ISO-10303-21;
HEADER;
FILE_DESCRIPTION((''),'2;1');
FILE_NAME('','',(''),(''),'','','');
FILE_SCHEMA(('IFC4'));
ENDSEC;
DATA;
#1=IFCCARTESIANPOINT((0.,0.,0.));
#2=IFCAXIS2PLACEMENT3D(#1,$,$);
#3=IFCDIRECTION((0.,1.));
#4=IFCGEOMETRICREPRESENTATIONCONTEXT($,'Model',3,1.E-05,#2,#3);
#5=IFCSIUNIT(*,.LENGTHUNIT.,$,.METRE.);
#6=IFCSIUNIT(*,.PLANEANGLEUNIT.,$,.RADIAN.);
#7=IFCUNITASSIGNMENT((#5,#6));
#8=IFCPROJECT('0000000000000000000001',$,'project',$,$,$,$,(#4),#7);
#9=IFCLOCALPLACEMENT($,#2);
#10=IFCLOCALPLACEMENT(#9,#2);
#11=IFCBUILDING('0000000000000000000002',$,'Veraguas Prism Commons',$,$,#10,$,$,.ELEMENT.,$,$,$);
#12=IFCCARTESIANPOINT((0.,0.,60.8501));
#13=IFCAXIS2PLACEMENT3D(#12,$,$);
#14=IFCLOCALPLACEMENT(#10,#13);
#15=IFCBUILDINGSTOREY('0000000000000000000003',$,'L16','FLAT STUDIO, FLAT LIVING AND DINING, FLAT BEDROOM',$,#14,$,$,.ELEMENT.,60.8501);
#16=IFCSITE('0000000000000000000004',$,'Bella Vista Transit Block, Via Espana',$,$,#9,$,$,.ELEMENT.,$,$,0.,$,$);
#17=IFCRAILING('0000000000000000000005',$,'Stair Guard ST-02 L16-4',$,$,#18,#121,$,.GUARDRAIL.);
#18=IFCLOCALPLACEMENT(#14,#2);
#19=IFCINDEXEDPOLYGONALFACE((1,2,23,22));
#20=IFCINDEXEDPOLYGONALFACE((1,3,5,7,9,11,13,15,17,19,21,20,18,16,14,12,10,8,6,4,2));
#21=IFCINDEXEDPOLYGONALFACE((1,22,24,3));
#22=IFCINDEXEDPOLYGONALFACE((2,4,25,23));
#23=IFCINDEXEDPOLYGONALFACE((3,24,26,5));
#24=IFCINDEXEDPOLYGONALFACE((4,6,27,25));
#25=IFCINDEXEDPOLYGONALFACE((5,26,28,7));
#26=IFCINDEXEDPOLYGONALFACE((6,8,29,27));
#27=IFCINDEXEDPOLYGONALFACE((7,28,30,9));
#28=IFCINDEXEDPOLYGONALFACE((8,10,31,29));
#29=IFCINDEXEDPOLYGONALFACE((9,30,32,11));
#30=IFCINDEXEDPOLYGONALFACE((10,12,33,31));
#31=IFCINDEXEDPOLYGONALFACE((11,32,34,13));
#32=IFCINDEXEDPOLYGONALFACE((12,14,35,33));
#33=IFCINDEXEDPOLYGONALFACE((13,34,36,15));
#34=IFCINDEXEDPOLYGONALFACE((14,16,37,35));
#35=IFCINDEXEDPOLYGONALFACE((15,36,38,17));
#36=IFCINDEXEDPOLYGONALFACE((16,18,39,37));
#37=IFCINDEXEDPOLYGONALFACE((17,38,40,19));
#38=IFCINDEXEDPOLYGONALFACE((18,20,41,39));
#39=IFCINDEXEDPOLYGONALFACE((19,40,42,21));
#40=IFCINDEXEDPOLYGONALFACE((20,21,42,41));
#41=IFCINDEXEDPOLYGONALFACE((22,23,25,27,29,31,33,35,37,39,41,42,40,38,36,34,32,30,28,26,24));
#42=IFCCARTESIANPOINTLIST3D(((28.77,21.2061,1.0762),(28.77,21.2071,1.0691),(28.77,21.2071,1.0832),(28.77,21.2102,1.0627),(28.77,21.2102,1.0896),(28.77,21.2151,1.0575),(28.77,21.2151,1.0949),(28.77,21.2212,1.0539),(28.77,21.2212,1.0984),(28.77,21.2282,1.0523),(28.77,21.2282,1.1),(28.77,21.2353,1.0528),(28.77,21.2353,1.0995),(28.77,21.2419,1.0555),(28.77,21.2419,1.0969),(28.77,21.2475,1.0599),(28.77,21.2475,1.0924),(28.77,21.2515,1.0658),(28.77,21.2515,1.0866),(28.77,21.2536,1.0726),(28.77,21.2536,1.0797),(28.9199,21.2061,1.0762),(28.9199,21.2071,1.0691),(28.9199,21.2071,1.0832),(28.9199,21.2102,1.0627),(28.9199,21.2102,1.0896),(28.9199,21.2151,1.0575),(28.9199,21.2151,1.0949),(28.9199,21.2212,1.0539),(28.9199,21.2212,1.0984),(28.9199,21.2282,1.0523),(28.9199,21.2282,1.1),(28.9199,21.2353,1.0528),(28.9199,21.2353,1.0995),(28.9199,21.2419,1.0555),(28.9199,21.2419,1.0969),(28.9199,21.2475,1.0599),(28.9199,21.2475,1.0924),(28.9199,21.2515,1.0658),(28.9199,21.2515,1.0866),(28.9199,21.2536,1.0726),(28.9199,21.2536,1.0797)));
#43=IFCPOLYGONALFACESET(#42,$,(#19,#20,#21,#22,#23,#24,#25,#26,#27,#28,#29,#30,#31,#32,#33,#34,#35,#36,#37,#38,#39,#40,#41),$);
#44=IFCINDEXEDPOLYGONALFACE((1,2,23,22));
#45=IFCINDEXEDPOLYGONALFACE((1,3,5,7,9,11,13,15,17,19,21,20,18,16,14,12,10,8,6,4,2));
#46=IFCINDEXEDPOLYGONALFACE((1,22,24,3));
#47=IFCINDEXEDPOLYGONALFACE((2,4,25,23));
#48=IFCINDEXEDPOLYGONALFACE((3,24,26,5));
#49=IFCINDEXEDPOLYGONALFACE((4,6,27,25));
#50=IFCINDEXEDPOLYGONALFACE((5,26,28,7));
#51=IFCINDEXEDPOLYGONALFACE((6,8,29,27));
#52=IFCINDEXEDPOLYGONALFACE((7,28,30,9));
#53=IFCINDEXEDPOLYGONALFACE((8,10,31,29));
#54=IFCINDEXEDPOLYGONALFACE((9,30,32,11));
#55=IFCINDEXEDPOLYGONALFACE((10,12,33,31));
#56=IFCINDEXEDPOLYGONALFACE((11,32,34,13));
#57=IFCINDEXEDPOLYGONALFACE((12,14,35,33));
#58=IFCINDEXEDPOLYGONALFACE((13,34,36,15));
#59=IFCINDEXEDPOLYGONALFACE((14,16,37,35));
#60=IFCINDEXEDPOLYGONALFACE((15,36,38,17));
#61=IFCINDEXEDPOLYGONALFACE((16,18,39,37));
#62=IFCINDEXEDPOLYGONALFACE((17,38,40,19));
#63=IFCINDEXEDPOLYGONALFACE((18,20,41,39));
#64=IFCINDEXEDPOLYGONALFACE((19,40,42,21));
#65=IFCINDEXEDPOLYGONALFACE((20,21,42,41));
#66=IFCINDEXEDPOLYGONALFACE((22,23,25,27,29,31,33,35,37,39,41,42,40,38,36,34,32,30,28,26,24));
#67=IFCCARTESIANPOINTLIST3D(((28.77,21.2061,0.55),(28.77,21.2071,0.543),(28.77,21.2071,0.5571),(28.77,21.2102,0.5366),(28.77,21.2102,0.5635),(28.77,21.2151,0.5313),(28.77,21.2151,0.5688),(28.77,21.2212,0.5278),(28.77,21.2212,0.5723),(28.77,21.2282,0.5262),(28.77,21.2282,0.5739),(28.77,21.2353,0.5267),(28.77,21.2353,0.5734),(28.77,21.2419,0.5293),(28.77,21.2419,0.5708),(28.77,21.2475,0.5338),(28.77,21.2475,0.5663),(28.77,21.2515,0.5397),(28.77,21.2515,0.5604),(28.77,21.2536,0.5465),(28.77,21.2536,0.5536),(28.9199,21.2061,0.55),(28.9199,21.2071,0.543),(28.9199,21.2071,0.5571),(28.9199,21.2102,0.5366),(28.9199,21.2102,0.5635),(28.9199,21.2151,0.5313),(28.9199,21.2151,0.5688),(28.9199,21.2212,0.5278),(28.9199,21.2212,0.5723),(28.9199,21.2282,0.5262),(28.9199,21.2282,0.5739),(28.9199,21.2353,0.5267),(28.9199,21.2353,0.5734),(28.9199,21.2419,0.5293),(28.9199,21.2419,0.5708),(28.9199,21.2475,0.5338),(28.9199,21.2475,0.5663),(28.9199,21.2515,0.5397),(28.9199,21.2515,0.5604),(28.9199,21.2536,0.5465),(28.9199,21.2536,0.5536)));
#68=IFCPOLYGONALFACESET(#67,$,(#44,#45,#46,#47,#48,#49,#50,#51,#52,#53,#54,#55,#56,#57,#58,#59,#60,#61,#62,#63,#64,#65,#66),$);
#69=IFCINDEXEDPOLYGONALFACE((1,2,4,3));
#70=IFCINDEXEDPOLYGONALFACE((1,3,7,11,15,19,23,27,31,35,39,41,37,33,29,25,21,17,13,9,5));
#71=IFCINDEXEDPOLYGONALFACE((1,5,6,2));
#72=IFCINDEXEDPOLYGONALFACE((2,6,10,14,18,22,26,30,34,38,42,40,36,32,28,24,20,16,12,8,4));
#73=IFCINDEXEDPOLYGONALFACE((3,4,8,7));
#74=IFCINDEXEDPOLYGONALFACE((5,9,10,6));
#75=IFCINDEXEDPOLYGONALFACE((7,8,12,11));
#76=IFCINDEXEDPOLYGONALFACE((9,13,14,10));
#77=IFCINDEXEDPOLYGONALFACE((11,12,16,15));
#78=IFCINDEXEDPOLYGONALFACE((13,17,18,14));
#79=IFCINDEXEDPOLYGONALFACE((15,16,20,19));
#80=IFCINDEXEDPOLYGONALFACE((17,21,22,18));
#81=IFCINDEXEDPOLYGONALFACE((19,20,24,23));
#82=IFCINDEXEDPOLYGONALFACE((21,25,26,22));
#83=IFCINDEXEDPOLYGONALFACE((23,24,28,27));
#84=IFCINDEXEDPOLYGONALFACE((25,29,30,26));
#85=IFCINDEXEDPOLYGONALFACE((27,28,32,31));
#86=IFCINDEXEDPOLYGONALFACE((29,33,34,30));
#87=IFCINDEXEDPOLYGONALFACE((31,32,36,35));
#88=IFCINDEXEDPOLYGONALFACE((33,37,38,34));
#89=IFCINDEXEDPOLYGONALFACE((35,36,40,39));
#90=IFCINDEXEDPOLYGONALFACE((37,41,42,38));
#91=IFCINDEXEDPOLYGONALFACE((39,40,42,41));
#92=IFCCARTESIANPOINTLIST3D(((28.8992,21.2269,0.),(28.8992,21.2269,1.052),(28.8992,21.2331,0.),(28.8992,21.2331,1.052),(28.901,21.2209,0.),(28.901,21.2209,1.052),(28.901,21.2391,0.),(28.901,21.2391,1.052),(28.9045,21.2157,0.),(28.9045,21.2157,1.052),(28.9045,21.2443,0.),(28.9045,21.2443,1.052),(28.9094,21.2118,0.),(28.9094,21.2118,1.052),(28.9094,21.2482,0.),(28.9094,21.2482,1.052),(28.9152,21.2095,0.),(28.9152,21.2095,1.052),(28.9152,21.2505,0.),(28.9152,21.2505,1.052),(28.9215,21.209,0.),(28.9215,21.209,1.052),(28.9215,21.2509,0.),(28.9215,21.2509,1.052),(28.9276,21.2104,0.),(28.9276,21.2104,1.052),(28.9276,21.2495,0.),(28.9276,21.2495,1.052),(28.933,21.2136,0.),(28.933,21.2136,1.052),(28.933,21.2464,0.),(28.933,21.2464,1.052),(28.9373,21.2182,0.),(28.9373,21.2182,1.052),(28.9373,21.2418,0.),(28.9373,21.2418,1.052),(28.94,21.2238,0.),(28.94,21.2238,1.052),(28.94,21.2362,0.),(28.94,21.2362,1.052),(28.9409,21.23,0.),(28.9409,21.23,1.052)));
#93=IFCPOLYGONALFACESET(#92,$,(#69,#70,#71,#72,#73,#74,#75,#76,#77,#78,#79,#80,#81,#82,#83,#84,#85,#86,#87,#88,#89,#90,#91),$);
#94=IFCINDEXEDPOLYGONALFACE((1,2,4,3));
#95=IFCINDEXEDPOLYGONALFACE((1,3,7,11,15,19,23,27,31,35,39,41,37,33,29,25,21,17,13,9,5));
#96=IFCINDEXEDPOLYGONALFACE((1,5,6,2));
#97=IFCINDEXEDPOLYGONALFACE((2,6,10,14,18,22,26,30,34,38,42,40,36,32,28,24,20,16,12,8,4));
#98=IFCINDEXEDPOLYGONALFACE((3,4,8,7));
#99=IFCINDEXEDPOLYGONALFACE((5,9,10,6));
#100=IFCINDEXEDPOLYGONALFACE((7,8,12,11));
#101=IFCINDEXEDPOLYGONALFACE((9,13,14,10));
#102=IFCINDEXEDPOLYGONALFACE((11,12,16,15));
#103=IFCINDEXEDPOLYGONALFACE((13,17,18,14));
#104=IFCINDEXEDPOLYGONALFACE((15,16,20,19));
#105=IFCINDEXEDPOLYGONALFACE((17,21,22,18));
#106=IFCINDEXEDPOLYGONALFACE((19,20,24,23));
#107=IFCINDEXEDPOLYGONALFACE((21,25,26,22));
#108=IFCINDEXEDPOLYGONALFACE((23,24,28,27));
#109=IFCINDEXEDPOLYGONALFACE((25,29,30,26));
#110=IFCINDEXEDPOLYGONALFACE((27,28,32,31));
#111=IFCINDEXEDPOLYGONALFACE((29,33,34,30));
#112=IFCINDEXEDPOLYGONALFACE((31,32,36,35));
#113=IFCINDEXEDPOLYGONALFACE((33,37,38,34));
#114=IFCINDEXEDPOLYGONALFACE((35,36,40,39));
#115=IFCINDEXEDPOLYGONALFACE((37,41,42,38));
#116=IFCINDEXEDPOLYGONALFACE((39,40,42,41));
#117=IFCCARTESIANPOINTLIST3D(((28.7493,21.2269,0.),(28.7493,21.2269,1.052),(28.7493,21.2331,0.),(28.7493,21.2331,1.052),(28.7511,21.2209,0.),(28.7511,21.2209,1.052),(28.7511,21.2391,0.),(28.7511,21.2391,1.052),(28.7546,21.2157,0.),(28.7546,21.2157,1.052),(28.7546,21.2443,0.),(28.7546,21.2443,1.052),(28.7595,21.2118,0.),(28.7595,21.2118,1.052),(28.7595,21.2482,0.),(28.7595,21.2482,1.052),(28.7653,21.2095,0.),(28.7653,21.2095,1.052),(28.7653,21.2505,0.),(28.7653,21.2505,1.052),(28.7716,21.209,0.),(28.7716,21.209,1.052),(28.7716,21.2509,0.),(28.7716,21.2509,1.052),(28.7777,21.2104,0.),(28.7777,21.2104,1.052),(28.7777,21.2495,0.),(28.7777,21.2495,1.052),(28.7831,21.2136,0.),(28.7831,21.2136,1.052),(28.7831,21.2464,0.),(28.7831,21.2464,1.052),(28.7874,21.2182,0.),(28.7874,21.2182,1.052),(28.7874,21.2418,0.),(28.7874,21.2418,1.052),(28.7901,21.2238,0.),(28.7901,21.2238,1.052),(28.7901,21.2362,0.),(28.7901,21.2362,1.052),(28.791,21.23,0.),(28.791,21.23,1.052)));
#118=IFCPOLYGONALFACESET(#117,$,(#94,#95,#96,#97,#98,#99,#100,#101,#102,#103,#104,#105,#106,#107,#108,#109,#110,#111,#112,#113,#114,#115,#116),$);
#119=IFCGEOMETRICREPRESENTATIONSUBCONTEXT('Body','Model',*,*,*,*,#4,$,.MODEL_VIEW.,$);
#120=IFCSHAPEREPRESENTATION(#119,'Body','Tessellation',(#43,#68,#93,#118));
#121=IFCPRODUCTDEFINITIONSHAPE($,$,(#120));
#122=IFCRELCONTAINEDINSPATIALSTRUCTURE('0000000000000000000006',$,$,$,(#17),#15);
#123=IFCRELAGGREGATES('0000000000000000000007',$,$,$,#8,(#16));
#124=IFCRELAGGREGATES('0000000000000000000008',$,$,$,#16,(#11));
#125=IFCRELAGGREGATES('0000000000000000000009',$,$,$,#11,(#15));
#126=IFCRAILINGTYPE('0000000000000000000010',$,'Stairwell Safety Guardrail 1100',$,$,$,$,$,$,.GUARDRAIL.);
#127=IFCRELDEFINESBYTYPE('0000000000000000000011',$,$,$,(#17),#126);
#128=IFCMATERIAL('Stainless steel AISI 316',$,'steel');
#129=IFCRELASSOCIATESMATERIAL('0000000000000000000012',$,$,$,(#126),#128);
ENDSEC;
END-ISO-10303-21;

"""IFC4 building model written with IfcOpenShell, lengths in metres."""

from ifc_helpers import new_model, si_unit, direction, frame, origin, origin_2d, place, context, subcontext, project, spatial, circle, extrude, material, type_object, element, save


model = new_model("IFC4")

# Units and contexts
model_context = context("Model", 3, precision=1e-05, world=origin(), true_north=direction((0.0, 1.0)))
body_context = subcontext(model_context, "Body", "Model", "MODEL_VIEW")
ifc_project = project(units=[si_unit("LENGTHUNIT", "METRE"), si_unit("PLANEANGLEUNIT", "RADIAN")], contexts=[model_context])

# Site, building, storey
site_placement = place(None, origin())
site = spatial("IfcSite", under=ifc_project, at=site_placement, Name="Bella Vista Transit Block, Via Espana", CompositionType="ELEMENT", RefElevation=0.0)
building_placement = place(site_placement, origin())
building = spatial("IfcBuilding", under=site, at=building_placement, Name="Veraguas Prism Commons", CompositionType="ELEMENT")
storey_placement = place(building_placement, frame((0.0, 0.0, 60.8501)))
storey = spatial("IfcBuildingStorey", under=building, at=storey_placement, Name="L16", Description="FLAT STUDIO, FLAT LIVING AND DINING, FLAT BEDROOM", CompositionType="ELEMENT", Elevation=60.8501)

# Shared definitions
ifc_material_1 = material(Name="Stainless steel AISI 316", Category="steel")

# Railing
railing_type_1 = type_object("IfcRailingType", Name="Stairwell Safety Guardrail 1100", PredefinedType="GUARDRAIL", material=ifc_material_1)
railing_1_placement = place(storey_placement, frame((28.9199, 21.23, 0.0)))
element("IfcRailing", 1, at=railing_1_placement, inside=storey, type_object=railing_type_1, Name="Stair Guard ST-02 L16-4", PredefinedType="GUARDRAIL", context=body_context, shape_type="SweptSolid", body=[
    extrude(circle(Radius=0.0239, at=origin_2d()), frame((0.0, 0.0, 1.0762), z_axis=(-1.0, 0.0, 0.0), x_axis=(0.0, -1.0, 0.0)), (0.0, 0.0, 1.0), 0.1499),
    extrude(circle(Radius=0.0239, at=origin_2d()), frame((0.0, 0.0, 0.55), z_axis=(-1.0, 0.0, 0.0), x_axis=(0.0, -1.0, 0.0)), (0.0, 0.0, 1.0), 0.1499),
    extrude(circle(Radius=0.021, at=origin_2d()), origin(), (0.0, 0.0, 1.0), 1.052),
    extrude(circle(Radius=0.021, at=origin_2d()), frame((-0.1499, 0.0, 0.0)), (0.0, 0.0, 1.0), 1.052),
])

save(model, "model.ifc")
